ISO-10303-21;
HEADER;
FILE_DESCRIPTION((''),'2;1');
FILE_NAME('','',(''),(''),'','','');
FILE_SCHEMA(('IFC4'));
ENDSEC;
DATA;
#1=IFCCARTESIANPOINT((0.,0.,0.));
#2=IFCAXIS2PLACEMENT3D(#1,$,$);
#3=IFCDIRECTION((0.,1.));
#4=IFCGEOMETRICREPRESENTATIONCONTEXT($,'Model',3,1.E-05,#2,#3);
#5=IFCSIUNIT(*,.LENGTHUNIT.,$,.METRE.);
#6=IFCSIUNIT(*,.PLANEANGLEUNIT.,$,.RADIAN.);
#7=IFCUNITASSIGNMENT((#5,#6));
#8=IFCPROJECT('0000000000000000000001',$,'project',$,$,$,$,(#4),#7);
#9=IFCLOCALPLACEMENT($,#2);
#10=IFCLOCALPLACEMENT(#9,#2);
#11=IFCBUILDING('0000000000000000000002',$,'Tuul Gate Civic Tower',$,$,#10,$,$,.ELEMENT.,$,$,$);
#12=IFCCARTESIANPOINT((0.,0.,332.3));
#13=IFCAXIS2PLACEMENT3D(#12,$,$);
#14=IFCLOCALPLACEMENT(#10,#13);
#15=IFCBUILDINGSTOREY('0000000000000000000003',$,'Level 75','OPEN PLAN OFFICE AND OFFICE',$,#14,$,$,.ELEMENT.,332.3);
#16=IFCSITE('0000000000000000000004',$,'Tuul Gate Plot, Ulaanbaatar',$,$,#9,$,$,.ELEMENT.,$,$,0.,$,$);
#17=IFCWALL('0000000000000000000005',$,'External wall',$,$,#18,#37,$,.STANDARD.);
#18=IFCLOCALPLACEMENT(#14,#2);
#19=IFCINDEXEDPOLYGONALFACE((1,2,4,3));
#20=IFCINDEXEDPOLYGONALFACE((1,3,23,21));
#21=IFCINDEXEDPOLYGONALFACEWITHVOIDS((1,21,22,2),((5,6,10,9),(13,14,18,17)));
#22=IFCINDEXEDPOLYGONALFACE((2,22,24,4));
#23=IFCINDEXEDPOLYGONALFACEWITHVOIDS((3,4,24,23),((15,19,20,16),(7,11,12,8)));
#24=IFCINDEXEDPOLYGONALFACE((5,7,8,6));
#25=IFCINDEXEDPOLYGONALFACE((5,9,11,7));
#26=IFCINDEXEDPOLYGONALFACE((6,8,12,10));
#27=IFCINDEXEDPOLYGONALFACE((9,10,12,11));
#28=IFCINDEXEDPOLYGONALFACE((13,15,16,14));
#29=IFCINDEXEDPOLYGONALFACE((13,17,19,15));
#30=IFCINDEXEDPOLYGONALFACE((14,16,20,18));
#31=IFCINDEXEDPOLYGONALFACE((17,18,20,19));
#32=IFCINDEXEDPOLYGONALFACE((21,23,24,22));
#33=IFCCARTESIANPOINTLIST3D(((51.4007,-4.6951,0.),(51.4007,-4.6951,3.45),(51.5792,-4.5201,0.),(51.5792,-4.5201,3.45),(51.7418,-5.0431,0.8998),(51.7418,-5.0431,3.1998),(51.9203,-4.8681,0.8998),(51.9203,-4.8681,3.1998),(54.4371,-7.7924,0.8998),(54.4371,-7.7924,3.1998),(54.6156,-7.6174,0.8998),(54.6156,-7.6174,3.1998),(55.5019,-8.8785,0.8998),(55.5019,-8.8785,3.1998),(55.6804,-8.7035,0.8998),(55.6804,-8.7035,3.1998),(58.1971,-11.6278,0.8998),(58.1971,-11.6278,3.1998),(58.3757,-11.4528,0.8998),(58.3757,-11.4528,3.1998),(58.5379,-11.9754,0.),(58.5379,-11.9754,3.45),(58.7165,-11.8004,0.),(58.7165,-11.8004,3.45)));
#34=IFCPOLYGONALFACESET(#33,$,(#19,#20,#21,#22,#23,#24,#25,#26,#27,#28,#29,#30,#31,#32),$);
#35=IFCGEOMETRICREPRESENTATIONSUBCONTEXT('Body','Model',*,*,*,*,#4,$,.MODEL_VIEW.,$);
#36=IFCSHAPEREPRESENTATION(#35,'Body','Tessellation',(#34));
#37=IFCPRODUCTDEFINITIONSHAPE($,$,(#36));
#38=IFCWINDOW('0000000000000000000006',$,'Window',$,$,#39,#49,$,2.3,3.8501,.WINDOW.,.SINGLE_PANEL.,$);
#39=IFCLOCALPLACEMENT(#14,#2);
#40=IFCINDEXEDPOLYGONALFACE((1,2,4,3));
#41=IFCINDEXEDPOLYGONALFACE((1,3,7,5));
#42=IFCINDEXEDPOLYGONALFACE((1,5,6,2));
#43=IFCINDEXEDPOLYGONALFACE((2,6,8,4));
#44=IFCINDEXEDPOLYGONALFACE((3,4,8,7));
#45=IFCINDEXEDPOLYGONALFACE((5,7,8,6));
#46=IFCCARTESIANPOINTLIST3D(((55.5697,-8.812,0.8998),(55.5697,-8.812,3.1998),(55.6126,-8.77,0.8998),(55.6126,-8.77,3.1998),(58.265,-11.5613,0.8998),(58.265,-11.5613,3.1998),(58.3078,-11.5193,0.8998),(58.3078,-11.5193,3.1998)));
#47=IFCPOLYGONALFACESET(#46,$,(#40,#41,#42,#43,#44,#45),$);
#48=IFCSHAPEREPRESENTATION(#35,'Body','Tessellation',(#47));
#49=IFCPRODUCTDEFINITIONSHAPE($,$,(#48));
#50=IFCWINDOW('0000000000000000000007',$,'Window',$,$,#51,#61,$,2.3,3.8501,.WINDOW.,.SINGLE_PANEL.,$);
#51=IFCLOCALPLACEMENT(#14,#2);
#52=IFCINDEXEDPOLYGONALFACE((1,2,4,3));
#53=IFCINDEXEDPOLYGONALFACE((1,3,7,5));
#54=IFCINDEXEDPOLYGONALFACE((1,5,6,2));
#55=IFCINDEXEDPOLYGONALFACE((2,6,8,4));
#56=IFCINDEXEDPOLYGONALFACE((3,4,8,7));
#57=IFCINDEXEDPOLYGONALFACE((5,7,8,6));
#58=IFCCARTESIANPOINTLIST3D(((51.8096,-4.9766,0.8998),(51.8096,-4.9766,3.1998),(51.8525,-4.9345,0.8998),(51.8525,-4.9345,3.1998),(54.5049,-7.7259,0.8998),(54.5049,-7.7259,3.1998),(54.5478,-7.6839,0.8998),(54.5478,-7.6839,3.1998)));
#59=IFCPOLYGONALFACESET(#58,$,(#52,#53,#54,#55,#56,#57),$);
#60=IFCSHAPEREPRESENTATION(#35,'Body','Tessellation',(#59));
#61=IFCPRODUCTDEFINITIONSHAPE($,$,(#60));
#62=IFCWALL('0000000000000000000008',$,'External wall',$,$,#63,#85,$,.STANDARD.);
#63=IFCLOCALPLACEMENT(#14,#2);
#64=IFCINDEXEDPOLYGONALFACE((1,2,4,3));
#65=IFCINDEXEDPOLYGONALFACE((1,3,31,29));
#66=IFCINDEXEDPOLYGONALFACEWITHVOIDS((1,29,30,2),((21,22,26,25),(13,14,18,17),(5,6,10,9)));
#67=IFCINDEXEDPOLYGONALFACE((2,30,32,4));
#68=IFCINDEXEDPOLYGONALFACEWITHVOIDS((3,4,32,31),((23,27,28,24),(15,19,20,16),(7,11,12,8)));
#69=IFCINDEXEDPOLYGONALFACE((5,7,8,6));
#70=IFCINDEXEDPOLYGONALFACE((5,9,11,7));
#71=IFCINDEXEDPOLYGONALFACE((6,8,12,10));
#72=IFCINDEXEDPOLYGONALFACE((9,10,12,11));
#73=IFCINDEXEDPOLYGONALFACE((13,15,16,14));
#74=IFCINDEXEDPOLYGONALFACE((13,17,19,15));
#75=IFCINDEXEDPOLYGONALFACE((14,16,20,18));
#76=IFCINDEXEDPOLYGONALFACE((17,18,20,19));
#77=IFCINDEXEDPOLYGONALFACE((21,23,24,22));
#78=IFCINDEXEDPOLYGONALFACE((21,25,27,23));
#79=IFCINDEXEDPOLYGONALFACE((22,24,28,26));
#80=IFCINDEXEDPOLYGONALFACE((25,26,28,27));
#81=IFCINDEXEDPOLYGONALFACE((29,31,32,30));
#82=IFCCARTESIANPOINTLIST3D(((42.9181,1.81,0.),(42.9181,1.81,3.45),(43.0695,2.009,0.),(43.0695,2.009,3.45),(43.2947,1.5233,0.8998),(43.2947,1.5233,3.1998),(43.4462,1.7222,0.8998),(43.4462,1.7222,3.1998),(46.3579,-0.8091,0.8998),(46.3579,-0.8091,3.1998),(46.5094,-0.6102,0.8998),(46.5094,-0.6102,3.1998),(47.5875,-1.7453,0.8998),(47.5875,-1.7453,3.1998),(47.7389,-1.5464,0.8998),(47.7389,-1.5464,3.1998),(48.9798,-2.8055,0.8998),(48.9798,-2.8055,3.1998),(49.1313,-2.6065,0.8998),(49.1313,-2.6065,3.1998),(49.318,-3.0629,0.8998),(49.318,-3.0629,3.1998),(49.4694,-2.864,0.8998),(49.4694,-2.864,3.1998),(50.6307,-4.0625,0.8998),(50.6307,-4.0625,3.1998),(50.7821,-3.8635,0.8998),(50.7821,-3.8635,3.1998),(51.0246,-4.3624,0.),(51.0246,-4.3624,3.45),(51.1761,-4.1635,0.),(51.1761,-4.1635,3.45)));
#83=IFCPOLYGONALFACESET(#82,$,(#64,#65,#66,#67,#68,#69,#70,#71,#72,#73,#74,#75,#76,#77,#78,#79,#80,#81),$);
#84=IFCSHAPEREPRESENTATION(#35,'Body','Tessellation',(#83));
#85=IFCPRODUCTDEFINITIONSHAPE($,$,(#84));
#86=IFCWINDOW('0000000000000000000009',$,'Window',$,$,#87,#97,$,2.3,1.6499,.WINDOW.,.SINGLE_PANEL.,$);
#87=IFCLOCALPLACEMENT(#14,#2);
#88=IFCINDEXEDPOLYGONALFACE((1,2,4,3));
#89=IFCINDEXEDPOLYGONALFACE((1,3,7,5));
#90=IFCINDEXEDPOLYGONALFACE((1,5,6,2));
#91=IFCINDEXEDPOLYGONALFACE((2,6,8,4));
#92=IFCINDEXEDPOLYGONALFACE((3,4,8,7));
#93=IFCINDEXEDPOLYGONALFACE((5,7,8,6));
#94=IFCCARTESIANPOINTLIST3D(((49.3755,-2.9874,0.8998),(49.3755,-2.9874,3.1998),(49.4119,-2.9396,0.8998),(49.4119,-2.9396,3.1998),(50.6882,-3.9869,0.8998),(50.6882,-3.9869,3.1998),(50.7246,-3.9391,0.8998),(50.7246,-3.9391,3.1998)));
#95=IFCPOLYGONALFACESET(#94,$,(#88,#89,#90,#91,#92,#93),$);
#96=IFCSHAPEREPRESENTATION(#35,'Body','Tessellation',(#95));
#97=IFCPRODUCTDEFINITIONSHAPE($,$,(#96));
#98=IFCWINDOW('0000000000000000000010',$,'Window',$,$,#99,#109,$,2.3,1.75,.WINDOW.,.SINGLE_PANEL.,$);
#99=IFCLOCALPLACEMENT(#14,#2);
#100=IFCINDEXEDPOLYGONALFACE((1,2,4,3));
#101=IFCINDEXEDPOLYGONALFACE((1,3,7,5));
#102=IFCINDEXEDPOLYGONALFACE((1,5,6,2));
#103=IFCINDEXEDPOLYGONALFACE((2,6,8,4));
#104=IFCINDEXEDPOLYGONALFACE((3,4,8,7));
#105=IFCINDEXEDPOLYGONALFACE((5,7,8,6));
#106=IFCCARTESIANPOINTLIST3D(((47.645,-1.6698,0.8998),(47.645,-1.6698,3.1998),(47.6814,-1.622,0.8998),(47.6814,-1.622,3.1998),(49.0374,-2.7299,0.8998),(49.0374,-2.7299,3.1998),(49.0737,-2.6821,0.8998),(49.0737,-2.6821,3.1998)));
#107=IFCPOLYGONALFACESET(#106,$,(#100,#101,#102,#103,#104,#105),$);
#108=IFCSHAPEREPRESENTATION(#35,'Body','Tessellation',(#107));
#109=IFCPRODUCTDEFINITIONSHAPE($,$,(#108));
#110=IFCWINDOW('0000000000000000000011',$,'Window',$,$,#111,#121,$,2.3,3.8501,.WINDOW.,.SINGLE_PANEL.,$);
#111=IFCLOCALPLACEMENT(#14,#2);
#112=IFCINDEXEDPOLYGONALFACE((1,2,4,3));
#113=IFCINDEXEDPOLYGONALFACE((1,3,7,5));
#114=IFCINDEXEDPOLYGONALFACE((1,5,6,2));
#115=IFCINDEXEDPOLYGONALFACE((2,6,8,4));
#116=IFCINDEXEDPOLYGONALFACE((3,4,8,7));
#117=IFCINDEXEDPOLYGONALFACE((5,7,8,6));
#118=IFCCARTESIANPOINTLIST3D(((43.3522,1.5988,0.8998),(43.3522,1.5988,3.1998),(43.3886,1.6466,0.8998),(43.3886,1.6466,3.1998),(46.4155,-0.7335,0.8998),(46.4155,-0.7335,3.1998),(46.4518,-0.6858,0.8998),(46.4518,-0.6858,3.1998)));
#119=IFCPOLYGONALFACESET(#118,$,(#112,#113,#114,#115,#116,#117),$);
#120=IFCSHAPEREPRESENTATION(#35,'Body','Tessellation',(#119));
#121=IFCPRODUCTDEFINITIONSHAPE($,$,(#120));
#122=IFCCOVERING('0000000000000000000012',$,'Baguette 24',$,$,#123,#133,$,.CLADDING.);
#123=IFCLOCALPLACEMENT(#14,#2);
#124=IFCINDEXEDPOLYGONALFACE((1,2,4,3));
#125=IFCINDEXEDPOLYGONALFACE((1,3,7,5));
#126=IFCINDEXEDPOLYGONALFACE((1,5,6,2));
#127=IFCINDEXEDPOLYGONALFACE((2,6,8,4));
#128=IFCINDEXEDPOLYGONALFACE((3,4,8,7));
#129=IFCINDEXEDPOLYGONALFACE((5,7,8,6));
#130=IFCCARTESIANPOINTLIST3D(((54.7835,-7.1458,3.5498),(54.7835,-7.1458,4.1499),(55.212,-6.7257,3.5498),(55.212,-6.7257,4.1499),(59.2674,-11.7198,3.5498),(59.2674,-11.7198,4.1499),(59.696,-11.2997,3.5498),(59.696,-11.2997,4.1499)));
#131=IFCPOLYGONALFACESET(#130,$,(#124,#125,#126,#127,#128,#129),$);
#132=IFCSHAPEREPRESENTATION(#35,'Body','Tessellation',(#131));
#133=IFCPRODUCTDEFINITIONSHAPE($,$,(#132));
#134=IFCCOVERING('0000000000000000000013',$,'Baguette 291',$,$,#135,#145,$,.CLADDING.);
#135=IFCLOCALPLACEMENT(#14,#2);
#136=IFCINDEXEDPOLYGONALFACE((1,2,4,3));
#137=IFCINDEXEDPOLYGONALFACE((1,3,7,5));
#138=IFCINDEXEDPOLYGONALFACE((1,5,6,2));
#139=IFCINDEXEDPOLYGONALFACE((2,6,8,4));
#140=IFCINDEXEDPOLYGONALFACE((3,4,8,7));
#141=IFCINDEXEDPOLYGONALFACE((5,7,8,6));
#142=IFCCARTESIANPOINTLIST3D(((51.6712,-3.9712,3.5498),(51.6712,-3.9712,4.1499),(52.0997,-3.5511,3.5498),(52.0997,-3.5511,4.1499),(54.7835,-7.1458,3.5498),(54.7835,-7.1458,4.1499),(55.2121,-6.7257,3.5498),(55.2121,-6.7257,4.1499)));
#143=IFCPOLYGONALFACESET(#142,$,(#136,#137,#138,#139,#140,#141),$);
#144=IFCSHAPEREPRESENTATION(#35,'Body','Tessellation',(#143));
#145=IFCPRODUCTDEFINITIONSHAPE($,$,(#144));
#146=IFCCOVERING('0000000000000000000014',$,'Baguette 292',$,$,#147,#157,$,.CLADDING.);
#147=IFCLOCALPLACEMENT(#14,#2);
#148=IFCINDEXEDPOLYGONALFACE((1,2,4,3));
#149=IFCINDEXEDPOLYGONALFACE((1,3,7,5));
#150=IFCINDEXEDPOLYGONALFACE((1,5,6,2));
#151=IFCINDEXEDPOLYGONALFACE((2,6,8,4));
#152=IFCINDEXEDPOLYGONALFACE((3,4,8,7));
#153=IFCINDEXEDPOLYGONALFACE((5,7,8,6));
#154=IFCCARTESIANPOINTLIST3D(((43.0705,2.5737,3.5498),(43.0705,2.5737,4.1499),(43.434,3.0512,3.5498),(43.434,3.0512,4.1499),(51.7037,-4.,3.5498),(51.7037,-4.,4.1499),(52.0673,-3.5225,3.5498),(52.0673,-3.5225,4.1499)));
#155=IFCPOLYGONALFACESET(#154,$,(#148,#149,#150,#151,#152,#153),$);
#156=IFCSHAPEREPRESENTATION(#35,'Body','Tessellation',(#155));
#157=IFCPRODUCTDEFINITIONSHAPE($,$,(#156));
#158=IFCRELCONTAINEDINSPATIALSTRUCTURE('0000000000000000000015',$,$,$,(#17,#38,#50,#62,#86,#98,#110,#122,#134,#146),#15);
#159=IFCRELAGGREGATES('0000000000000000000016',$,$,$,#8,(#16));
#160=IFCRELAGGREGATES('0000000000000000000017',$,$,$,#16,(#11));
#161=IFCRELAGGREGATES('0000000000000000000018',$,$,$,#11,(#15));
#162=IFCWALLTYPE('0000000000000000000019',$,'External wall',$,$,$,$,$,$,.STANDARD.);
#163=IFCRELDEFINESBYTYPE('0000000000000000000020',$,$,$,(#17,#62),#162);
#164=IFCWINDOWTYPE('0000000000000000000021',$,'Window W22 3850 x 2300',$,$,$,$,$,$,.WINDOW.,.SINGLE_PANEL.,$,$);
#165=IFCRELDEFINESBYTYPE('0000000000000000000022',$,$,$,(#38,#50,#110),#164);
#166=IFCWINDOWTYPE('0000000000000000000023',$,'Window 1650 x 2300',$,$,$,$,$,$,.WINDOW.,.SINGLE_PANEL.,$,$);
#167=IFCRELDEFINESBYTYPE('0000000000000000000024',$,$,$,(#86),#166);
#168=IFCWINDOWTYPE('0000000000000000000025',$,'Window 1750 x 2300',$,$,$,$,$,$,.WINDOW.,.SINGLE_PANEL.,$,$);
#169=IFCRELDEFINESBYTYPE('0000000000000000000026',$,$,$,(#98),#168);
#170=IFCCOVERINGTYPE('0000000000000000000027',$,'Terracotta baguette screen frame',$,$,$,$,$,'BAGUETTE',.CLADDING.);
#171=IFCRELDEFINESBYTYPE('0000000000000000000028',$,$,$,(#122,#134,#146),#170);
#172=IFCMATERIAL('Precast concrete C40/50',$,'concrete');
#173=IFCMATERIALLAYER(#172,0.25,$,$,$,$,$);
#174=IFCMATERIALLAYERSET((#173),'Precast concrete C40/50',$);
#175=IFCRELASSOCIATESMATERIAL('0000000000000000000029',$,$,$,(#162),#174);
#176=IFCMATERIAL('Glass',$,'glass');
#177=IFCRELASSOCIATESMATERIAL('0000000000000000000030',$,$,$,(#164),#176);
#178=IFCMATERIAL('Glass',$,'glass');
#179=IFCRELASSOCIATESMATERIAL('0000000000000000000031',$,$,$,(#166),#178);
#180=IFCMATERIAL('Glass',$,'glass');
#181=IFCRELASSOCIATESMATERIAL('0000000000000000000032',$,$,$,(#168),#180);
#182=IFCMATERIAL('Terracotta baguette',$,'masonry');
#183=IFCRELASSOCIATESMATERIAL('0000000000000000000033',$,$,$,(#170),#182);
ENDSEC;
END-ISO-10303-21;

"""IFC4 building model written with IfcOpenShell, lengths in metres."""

from ifc_helpers import new_model, si_unit, direction, frame, frame_2d, origin, origin_2d, place, context, subcontext, project, spatial, rectangle, extrude, material, layer, layer_set, material_profile, profile_set, type_object, element, fill, save


model = new_model("IFC4")

# Units and contexts
model_context = context("Model", 3, precision=1e-05, world=origin(), true_north=direction((0.0, 1.0)))
body_context = subcontext(model_context, "Body", "Model", "MODEL_VIEW")
ifc_project = project(units=[si_unit("LENGTHUNIT", "METRE"), si_unit("PLANEANGLEUNIT", "RADIAN")], contexts=[model_context])

# Site, building, storey
site_placement = place(None, origin())
site = spatial("IfcSite", under=ifc_project, at=site_placement, Name="Tuul Gate Plot, Ulaanbaatar", CompositionType="ELEMENT", RefElevation=0.0)
building_placement = place(site_placement, origin())
building = spatial("IfcBuilding", under=site, at=building_placement, Name="Tuul Gate Civic Tower", CompositionType="ELEMENT")
storey_placement = place(building_placement, frame((0.0, 0.0, 332.3)))
storey = spatial("IfcBuildingStorey", under=building, at=storey_placement, Name="Level 75", Description="OPEN PLAN OFFICE AND OFFICE", CompositionType="ELEMENT", Elevation=332.3)

# Walls, openings, windows
ifc_material_1 = material(Name="Precast concrete C40/50", Category="concrete")
ifc_layer_1 = layer(ifc_material_1, 0.25)
ifc_layer_set_1 = layer_set([ifc_layer_1], Name="Precast concrete C40/50")
wall_type_1 = type_object("IfcWallType", Name="External wall", PredefinedType="STANDARD", material=ifc_layer_set_1)
wall_1_placement = place(storey_placement, frame((58.6272, -11.8879, 0.0), z_axis=(0.0, 0.0, 1.0), x_axis=(-0.700056, 0.714088, 0.0)))
wall_1 = element("IfcWall", 1, at=wall_1_placement, inside=storey, type_object=wall_type_1, Name="External wall", PredefinedType="STANDARD", context=body_context, shape_type="SweptSolid", body=[
    extrude(rectangle(XDim=10.1953, YDim=0.25, at=frame_2d((5.0977, 0.0))), origin(), (0.0, 0.0, 1.0), 3.45),
])
opening_1_placement = place(wall_1_placement, frame((0.4868, 0.0, 0.8999)))
opening_1 = element("IfcOpeningElement", 2, at=opening_1_placement, cuts=wall_1, PredefinedType="OPENING", context=body_context, shape_type="SweptSolid", body=[
    extrude(rectangle(XDim=3.8501, YDim=2.3, at=frame_2d((1.925, 1.1499))), frame((0.0, 0.135, 0.0), z_axis=(0.0, -1.0, 0.0), x_axis=(1.0, 0.0, 0.0)), (0.0, 0.0, 1.0), 0.27),
])
opening_2_placement = place(wall_1_placement, frame((5.8579, 0.0, 0.8999)))
opening_2 = element("IfcOpeningElement", 3, at=opening_2_placement, cuts=wall_1, PredefinedType="OPENING", context=body_context, shape_type="SweptSolid", body=[
    extrude(rectangle(XDim=3.8501, YDim=2.3, at=frame_2d((1.925, 1.1499))), frame((0.0, 0.135, 0.0), z_axis=(0.0, -1.0, 0.0), x_axis=(1.0, 0.0, 0.0)), (0.0, 0.0, 1.0), 0.27),
])
ifc_material_2 = material(Name="Glass", Category="glass")
window_type_1 = type_object("IfcWindowType", Name="Window W22 3850 x 2300", PartitioningType="SINGLE_PANEL", PredefinedType="WINDOW", material=ifc_material_2)
window_1_placement = place(opening_1_placement, origin())
window_1 = element("IfcWindow", 4, at=window_1_placement, inside=storey, type_object=window_type_1, Name="Window", OverallHeight=2.3, OverallWidth=3.8501, PartitioningType="SINGLE_PANEL", PredefinedType="WINDOW", context=body_context, shape_type="SweptSolid", body=[
    extrude(rectangle(XDim=3.8501, YDim=2.3, at=frame_2d((1.925, 1.1499))), frame((0.0, 0.03, 0.0), z_axis=(0.0, -1.0, 0.0), x_axis=(1.0, 0.0, 0.0)), (0.0, 0.0, 1.0), 0.0601),
])
fill(opening_1, window_1)
window_2_placement = place(opening_2_placement, origin())
window_2 = element("IfcWindow", 5, at=window_2_placement, inside=storey, type_object=window_type_1, Name="Window", OverallHeight=2.3, OverallWidth=3.8501, PartitioningType="SINGLE_PANEL", PredefinedType="WINDOW", context=body_context, shape_type="SweptSolid", body=[
    extrude(rectangle(XDim=3.8501, YDim=2.3, at=frame_2d((1.925, 1.1499))), frame((0.0, 0.03, 0.0), z_axis=(0.0, -1.0, 0.0), x_axis=(1.0, 0.0, 0.0)), (0.0, 0.0, 1.0), 0.0601),
])
fill(opening_2, window_2)
wall_2_placement = place(storey_placement, frame((51.1003, -4.2629, 0.0), z_axis=(0.0, 0.0, 1.0), x_axis=(-0.79562, 0.605796, 0.0)))
wall_2 = element("IfcWall", 6, at=wall_2_placement, inside=storey, type_object=wall_type_1, Name="External wall", PredefinedType="STANDARD", context=body_context, shape_type="SweptSolid", body=[
    extrude(rectangle(XDim=10.189, YDim=0.25, at=frame_2d((5.0945, 0.0))), origin(), (0.0, 0.0, 1.0), 3.45),
])
opening_3_placement = place(wall_2_placement, frame((5.8655, 0.0, 0.8999)))
opening_3 = element("IfcOpeningElement", 7, at=opening_3_placement, cuts=wall_2, PredefinedType="OPENING", context=body_context, shape_type="SweptSolid", body=[
    extrude(rectangle(XDim=3.8501, YDim=2.3, at=frame_2d((1.925, 1.1499))), frame((0.0, 0.135, 0.0), z_axis=(0.0, -1.0, 0.0), x_axis=(1.0, 0.0, 0.0)), (0.0, 0.0, 1.0), 0.27),
])
opening_4_placement = place(wall_2_placement, frame((0.4951, 0.0, 0.8999)))
opening_4 = element("IfcOpeningElement", 8, at=opening_4_placement, cuts=wall_2, PredefinedType="OPENING", context=body_context, shape_type="SweptSolid", body=[
    extrude(rectangle(XDim=1.6499, YDim=2.3, at=frame_2d((0.825, 1.1499))), frame((0.0, 0.135, 0.0), z_axis=(0.0, -1.0, 0.0), x_axis=(1.0, 0.0, 0.0)), (0.0, 0.0, 1.0), 0.27),
])
opening_5_placement = place(wall_2_placement, frame((2.5701, 0.0, 0.8999)))
opening_5 = element("IfcOpeningElement", 9, at=opening_5_placement, cuts=wall_2, PredefinedType="OPENING", context=body_context, shape_type="SweptSolid", body=[
    extrude(rectangle(XDim=1.75, YDim=2.3, at=frame_2d((0.875, 1.1499))), frame((0.0, 0.135, 0.0), z_axis=(0.0, -1.0, 0.0), x_axis=(1.0, 0.0, 0.0)), (0.0, 0.0, 1.0), 0.27),
])
ifc_material_3 = material(Name="Glass", Category="glass")
window_type_2 = type_object("IfcWindowType", Name="Window 1650 x 2300", PartitioningType="SINGLE_PANEL", PredefinedType="WINDOW", material=ifc_material_3)
window_3_placement = place(opening_4_placement, origin())
window_3 = element("IfcWindow", 10, at=window_3_placement, inside=storey, type_object=window_type_2, Name="Window", OverallHeight=2.3, OverallWidth=1.6499, PartitioningType="SINGLE_PANEL", PredefinedType="WINDOW", context=body_context, shape_type="SweptSolid", body=[
    extrude(rectangle(XDim=1.6499, YDim=2.3, at=frame_2d((0.825, 1.1499))), frame((0.0, 0.03, 0.0), z_axis=(0.0, -1.0, 0.0), x_axis=(1.0, 0.0, 0.0)), (0.0, 0.0, 1.0), 0.0601),
])
fill(opening_4, window_3)
ifc_material_4 = material(Name="Glass", Category="glass")
window_type_3 = type_object("IfcWindowType", Name="Window 1750 x 2300", PartitioningType="SINGLE_PANEL", PredefinedType="WINDOW", material=ifc_material_4)
window_4_placement = place(opening_5_placement, origin())
window_4 = element("IfcWindow", 11, at=window_4_placement, inside=storey, type_object=window_type_3, Name="Window", OverallHeight=2.3, OverallWidth=1.75, PartitioningType="SINGLE_PANEL", PredefinedType="WINDOW", context=body_context, shape_type="SweptSolid", body=[
    extrude(rectangle(XDim=1.75, YDim=2.3, at=frame_2d((0.875, 1.1499))), frame((0.0, 0.03, 0.0), z_axis=(0.0, -1.0, 0.0), x_axis=(1.0, 0.0, 0.0)), (0.0, 0.0, 1.0), 0.0601),
])
fill(opening_5, window_4)
window_5_placement = place(opening_3_placement, origin())
window_5 = element("IfcWindow", 12, at=window_5_placement, inside=storey, type_object=window_type_1, Name="Window", OverallHeight=2.3, OverallWidth=3.8501, PartitioningType="SINGLE_PANEL", PredefinedType="WINDOW", context=body_context, shape_type="SweptSolid", body=[
    extrude(rectangle(XDim=3.8501, YDim=2.3, at=frame_2d((1.925, 1.1499))), frame((0.0, 0.03, 0.0), z_axis=(0.0, -1.0, 0.0), x_axis=(1.0, 0.0, 0.0)), (0.0, 0.0, 1.0), 0.0601),
])
fill(opening_3, window_5)

# Coverings
ifc_material_5 = material(Name="Terracotta baguette", Category="masonry")
ifc_material_profile_1 = material_profile(ifc_material_5, rectangle(XDim=0.6001, YDim=0.6001, at=origin_2d()), Name="Terracotta baguette screen frame")
ifc_profile_set_1 = profile_set([ifc_material_profile_1], Name="Terracotta baguette")
covering_type = type_object("IfcCoveringType", Name="Terracotta baguette screen frame", ElementType="BAGUETTE", PredefinedType="CLADDING", material=ifc_profile_set_1)
covering_1_placement = place(storey_placement, frame((59.4817, -11.5098, 3.8499), z_axis=(-0.700039, 0.714104, 0.0), x_axis=(-0.714104, -0.700039, 0.0)))
element("IfcCovering", 13, at=covering_1_placement, inside=storey, type_object=covering_type, Name="Baguette 24", PredefinedType="CLADDING", context=body_context, shape_type="SweptSolid", body=[
    extrude(rectangle(XDim=0.6001, YDim=0.6001, at=origin_2d()), origin(), (0.0, 0.0, 1.0), 6.4053),
])
covering_2_placement = place(storey_placement, frame((54.9978, -6.9358, 3.8499), z_axis=(-0.70007, 0.714074, 0.0), x_axis=(-0.714074, -0.70007, 0.0)))
element("IfcCovering", 14, at=covering_2_placement, inside=storey, type_object=covering_type, Name="Baguette 291", PredefinedType="CLADDING", context=body_context, shape_type="SweptSolid", body=[
    extrude(rectangle(XDim=0.6001, YDim=0.6001, at=origin_2d()), origin(), (0.0, 0.0, 1.0), 4.4458),
])
covering_3_placement = place(storey_placement, frame((51.8855, -3.7612, 3.8499), z_axis=(-0.79561, 0.605809, 0.0), x_axis=(-0.605809, -0.79561, 0.0)))
element("IfcCovering", 15, at=covering_3_placement, inside=storey, type_object=covering_type, Name="Baguette 292", PredefinedType="CLADDING", context=body_context, shape_type="SweptSolid", body=[
    extrude(rectangle(XDim=0.6001, YDim=0.6001, at=origin_2d()), origin(), (0.0, 0.0, 1.0), 10.8511),
])

save(model, "model.ifc")
